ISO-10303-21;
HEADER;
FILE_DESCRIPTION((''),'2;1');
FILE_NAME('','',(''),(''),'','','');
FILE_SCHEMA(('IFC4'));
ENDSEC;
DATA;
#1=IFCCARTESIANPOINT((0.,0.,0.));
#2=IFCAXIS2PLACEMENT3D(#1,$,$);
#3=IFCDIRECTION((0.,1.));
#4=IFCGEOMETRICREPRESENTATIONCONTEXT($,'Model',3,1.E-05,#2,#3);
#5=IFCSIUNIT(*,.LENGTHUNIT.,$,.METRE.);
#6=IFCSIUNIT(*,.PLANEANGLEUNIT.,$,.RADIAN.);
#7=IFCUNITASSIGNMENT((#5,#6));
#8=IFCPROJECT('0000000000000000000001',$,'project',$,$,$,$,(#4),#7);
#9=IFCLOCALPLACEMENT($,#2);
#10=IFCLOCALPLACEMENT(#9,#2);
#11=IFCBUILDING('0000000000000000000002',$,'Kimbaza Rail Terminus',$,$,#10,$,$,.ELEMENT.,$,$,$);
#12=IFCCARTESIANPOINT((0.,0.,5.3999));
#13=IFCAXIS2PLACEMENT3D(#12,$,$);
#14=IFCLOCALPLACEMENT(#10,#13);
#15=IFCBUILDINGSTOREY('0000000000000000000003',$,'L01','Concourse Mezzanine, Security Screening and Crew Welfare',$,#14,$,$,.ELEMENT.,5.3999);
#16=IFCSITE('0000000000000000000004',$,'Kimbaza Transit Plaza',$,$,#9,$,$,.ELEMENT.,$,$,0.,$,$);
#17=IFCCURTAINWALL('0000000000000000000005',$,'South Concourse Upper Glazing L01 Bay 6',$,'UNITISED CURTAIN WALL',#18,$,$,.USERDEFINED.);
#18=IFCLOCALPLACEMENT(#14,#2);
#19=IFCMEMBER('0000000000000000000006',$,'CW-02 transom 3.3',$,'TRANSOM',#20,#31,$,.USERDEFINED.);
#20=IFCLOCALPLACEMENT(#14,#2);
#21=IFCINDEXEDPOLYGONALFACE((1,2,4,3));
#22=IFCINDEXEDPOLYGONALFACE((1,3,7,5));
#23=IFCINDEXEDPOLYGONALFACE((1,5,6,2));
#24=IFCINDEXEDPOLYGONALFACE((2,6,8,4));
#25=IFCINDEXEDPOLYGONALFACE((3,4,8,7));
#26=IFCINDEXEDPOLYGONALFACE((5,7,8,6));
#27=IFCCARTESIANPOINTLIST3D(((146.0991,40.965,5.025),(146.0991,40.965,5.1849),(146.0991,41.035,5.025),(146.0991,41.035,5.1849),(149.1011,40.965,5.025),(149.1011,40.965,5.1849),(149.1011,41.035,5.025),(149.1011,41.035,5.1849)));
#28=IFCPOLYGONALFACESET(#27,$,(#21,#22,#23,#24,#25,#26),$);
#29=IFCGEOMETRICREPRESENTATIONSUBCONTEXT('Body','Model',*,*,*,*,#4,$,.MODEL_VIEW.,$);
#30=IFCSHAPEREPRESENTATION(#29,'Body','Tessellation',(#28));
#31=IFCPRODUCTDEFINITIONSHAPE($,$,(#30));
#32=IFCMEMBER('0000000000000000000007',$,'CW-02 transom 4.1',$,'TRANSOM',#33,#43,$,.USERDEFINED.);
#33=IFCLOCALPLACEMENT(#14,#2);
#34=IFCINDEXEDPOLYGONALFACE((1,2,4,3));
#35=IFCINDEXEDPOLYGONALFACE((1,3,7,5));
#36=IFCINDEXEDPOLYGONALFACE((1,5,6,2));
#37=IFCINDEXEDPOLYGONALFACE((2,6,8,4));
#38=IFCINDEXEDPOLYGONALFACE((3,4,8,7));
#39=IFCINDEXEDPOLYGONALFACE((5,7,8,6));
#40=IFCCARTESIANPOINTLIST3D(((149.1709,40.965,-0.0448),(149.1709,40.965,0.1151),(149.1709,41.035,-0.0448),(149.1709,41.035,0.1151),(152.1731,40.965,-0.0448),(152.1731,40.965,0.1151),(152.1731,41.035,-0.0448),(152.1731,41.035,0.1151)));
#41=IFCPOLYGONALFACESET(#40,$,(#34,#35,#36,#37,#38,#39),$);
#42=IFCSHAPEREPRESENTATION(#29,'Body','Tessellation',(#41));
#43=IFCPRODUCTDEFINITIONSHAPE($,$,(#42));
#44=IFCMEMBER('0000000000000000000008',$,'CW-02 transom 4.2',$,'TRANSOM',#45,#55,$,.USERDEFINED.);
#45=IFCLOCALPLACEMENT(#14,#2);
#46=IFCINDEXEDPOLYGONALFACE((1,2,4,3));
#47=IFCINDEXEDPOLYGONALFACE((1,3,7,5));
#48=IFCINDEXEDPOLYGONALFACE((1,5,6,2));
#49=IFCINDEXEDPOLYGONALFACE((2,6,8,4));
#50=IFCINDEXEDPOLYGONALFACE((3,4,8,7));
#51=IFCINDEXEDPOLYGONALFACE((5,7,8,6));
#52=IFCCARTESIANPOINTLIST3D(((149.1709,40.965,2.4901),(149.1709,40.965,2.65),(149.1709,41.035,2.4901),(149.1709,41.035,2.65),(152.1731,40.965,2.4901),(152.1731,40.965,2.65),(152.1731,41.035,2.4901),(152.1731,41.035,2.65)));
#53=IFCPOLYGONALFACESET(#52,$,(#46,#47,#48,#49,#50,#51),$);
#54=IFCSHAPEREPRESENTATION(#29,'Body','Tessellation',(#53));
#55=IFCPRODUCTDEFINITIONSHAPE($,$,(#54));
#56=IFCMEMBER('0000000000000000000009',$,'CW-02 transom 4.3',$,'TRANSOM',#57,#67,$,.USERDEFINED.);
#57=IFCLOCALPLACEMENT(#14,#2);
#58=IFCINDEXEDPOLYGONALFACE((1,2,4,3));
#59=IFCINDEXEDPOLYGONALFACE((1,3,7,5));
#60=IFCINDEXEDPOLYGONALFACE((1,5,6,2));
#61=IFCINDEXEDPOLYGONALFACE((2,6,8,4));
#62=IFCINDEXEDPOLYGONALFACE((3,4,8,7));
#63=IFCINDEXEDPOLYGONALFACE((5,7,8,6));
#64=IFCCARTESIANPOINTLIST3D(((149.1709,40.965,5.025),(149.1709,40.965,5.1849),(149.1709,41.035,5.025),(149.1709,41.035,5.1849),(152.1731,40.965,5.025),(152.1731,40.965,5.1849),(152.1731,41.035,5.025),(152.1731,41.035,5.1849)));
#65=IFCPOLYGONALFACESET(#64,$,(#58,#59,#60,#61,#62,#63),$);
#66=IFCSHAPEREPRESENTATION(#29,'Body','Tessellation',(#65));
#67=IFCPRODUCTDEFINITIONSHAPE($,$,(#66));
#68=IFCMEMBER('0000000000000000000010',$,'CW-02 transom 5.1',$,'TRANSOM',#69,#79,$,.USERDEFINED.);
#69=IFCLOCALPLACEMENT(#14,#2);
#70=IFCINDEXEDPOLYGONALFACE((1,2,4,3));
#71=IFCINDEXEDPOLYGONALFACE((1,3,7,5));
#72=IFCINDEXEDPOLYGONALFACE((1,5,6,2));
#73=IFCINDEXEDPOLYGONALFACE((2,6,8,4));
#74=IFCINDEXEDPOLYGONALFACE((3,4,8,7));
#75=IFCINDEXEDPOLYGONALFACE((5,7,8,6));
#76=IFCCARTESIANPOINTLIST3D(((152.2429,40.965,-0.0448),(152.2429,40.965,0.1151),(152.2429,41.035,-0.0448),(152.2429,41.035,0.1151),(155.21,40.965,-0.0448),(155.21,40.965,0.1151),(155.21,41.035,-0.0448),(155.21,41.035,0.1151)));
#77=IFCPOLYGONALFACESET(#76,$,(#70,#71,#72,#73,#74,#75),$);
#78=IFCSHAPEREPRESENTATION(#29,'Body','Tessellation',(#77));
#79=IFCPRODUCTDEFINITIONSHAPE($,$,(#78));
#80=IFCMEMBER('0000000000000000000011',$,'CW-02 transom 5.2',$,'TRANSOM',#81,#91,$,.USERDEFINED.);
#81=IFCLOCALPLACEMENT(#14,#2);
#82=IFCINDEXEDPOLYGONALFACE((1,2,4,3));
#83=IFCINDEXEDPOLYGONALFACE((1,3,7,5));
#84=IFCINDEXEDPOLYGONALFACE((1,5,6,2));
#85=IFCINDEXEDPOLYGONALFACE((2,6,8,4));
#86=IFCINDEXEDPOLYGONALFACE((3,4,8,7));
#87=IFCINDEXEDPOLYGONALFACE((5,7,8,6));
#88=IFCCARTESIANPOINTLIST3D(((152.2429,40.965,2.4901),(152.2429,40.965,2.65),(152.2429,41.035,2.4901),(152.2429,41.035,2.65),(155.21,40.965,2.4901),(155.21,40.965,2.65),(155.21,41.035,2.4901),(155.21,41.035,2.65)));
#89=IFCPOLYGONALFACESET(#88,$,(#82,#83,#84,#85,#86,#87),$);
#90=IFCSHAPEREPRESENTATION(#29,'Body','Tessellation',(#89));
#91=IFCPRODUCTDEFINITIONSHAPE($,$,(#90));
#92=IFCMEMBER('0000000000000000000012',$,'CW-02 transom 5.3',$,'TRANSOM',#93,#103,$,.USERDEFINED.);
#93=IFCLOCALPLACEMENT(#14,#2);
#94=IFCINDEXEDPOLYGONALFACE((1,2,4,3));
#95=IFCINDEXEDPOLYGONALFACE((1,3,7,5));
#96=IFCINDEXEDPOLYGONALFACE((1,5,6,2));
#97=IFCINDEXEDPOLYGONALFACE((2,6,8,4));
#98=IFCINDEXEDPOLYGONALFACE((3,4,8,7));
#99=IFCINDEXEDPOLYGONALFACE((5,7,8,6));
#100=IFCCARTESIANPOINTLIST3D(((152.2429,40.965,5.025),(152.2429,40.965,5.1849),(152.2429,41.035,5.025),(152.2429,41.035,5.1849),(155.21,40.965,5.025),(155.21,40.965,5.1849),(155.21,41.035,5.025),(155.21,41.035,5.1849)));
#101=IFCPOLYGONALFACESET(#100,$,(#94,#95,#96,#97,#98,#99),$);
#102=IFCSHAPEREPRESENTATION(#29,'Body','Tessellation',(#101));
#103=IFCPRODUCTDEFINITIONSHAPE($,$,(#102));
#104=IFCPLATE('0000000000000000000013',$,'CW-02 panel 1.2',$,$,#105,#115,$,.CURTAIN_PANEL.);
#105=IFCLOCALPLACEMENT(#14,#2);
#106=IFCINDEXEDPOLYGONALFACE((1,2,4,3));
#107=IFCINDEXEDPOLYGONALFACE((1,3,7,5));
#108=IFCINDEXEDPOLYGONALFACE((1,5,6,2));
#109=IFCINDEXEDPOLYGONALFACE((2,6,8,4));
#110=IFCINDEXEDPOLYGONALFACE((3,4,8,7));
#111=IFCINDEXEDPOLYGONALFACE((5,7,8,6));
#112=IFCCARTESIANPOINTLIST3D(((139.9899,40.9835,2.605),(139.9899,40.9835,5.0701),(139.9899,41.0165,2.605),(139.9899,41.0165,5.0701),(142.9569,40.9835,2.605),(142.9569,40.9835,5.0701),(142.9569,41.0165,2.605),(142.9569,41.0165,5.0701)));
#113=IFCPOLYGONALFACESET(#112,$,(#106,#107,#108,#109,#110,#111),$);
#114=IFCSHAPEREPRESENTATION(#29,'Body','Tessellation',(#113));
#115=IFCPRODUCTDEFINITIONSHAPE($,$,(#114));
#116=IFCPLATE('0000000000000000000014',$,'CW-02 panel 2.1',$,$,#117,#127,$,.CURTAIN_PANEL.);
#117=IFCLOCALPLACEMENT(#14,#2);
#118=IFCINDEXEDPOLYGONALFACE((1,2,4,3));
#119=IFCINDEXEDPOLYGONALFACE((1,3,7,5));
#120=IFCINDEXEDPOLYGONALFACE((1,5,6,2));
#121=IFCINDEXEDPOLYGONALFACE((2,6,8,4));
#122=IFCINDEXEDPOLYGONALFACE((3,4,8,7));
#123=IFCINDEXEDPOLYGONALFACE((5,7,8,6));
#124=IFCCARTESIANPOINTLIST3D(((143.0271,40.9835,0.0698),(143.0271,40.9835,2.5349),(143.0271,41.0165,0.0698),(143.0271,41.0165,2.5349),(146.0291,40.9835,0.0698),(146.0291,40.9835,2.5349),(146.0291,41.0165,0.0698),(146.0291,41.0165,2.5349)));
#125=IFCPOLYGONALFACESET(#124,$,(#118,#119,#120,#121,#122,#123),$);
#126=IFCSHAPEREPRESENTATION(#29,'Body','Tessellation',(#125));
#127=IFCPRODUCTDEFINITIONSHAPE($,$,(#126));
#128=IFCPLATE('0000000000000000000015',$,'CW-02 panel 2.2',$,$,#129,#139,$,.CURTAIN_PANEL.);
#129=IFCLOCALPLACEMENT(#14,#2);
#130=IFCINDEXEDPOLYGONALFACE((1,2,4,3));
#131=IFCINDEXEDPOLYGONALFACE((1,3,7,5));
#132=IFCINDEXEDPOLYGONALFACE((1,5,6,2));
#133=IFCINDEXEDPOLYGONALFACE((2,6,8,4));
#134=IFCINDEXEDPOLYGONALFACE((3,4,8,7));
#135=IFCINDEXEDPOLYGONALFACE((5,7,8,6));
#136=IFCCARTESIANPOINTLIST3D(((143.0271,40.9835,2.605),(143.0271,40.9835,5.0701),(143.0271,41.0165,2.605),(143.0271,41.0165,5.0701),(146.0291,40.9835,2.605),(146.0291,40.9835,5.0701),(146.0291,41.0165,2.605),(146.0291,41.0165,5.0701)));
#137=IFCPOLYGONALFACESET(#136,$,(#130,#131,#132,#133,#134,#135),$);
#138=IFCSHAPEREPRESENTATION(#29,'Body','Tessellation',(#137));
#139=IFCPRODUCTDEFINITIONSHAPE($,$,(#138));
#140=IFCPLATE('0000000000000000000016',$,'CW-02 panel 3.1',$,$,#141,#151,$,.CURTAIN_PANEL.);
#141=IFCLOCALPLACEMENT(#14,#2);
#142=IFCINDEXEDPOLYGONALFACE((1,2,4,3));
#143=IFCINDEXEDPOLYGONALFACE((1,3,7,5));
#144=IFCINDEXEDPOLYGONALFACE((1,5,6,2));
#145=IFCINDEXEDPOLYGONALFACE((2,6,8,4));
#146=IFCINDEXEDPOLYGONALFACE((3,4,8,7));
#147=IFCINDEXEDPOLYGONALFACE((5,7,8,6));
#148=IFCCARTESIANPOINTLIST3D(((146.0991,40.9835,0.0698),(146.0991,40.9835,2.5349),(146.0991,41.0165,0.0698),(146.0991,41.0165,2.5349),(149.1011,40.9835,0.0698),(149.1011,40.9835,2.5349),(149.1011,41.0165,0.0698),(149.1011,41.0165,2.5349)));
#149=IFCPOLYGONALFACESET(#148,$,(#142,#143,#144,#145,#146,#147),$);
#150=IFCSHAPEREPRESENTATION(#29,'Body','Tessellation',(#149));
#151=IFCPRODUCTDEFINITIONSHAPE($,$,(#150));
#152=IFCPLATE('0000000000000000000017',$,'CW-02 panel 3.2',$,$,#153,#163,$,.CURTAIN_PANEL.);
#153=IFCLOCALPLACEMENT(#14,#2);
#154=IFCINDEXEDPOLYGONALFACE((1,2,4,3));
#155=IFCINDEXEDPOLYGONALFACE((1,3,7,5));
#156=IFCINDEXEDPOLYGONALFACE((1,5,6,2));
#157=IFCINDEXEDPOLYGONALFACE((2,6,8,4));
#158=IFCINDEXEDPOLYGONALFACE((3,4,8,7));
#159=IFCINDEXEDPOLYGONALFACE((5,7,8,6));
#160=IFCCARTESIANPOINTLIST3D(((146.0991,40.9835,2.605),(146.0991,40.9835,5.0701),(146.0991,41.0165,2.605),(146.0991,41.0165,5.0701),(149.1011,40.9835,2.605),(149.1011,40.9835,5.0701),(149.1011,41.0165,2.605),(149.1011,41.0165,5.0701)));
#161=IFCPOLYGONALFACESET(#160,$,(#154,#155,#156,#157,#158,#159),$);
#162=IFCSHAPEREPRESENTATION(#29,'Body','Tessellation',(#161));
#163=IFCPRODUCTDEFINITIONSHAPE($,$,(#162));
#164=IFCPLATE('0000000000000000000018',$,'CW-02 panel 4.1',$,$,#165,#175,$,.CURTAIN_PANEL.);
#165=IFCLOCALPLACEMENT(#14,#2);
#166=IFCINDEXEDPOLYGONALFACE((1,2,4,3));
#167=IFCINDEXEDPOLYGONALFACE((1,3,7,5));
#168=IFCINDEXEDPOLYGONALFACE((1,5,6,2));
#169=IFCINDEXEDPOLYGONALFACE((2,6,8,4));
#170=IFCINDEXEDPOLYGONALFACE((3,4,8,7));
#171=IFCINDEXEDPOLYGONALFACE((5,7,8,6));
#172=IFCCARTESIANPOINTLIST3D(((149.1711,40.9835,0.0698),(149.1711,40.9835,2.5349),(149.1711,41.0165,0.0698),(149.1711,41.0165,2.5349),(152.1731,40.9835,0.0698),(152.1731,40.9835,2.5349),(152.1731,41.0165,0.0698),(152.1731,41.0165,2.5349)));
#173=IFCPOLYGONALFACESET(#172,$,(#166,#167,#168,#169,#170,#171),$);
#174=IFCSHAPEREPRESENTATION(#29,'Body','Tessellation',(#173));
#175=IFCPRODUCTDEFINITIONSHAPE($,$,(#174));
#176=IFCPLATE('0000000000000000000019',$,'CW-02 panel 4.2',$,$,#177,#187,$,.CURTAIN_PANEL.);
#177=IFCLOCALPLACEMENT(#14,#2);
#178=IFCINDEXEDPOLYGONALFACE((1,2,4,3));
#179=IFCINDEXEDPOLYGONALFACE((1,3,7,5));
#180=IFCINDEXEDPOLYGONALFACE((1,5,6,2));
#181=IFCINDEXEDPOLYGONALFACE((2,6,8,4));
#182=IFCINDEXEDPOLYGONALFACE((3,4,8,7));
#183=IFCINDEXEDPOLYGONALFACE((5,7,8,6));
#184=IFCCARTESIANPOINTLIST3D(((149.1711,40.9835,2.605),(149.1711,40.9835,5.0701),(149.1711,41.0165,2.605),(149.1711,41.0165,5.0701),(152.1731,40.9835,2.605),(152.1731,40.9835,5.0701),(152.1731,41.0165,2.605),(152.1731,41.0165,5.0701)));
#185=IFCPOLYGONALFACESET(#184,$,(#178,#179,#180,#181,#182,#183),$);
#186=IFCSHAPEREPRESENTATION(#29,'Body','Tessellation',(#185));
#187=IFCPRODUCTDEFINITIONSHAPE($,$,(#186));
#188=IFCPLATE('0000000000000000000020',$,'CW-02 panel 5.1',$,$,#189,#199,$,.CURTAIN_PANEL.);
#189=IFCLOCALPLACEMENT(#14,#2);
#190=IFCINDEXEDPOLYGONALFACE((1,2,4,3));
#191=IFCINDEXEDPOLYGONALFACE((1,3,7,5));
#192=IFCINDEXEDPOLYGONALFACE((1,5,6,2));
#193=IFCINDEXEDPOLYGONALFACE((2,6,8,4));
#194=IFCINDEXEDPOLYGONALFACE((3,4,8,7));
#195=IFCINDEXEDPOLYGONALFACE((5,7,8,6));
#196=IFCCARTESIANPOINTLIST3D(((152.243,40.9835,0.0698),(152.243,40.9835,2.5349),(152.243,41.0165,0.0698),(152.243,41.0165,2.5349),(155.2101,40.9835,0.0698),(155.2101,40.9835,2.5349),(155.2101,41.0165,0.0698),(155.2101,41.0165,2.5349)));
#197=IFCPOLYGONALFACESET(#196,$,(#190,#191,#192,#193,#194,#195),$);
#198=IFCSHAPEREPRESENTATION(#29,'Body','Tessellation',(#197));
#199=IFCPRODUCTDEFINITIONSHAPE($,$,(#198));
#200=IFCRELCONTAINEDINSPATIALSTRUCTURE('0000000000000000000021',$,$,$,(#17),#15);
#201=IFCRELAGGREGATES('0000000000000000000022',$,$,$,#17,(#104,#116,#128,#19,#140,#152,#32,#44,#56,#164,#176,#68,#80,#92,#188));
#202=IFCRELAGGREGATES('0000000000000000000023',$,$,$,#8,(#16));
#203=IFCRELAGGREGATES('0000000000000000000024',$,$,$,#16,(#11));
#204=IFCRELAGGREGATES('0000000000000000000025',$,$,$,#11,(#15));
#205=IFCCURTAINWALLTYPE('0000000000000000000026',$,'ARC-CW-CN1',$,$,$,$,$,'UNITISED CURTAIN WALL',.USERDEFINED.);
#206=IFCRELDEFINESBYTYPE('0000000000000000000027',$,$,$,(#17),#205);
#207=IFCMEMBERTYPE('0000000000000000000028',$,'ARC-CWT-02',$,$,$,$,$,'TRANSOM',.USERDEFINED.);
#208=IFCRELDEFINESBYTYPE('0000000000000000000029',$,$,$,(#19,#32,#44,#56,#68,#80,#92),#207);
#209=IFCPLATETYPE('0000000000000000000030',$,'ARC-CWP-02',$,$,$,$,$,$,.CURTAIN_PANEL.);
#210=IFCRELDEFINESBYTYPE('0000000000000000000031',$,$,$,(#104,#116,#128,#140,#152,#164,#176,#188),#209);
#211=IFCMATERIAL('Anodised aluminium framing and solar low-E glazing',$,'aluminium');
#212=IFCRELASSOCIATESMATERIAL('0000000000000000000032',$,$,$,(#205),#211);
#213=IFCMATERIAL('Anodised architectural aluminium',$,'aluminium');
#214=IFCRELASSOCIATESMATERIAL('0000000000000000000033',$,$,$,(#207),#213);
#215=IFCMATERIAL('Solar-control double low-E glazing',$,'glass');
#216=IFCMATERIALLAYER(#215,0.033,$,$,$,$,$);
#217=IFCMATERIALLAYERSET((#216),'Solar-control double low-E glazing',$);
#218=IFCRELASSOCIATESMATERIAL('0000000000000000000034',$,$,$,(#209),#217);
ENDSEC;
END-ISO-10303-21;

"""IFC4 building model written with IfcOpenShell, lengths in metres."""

from ifc_helpers import new_model, si_unit, direction, frame, origin, origin_2d, place, context, subcontext, project, spatial, rectangle, extrude, material, layer, layer_set, material_profile, profile_set, type_object, element, aggregate, save


model = new_model("IFC4")

# Units and contexts
model_context = context("Model", 3, precision=1e-05, world=origin(), true_north=direction((0.0, 1.0)))
body_context = subcontext(model_context, "Body", "Model", "MODEL_VIEW")
ifc_project = project(units=[si_unit("LENGTHUNIT", "METRE"), si_unit("PLANEANGLEUNIT", "RADIAN")], contexts=[model_context])

# Site, building, storey
site_placement = place(None, origin())
site = spatial("IfcSite", under=ifc_project, at=site_placement, Name="Kimbaza Transit Plaza", CompositionType="ELEMENT", RefElevation=0.0)
building_placement = place(site_placement, origin())
building = spatial("IfcBuilding", under=site, at=building_placement, Name="Kimbaza Rail Terminus", CompositionType="ELEMENT")
storey_placement = place(building_placement, frame((0.0, 0.0, 5.3999)))
storey = spatial("IfcBuildingStorey", under=building, at=storey_placement, Name="L01", Description="Concourse Mezzanine, Security Screening and Crew Welfare", CompositionType="ELEMENT", Elevation=5.3999)

# Curtain wall, members, plates
ifc_material_1 = material(Name="Anodised aluminium framing and solar low-E glazing", Category="aluminium")
curtain_wall_type = type_object("IfcCurtainWallType", Name="ARC-CW-CN1", ElementType="UNITISED CURTAIN WALL", PredefinedType="USERDEFINED", material=ifc_material_1)
curtain_wall_placement = place(storey_placement, origin())
curtain_wall = element("IfcCurtainWall", 1, at=curtain_wall_placement, inside=storey, type_object=curtain_wall_type, Name="South Concourse Upper Glazing L01 Bay 6", ObjectType="UNITISED CURTAIN WALL", PredefinedType="USERDEFINED")
ifc_material_2 = material(Name="Anodised architectural aluminium", Category="aluminium")
ifc_material_profile_1 = material_profile(ifc_material_2, rectangle(XDim=0.0701, YDim=0.1599, at=origin_2d()), Name="TRANSOM 70x160")
ifc_profile_set_1 = profile_set([ifc_material_profile_1], Name="Anodised architectural aluminium")
member_type_1 = type_object("IfcMemberType", Name="ARC-CWT-02", ElementType="TRANSOM", PredefinedType="USERDEFINED", material=ifc_profile_set_1)
member_1_placement = place(storey_placement, frame((146.0991, 41.0, 5.105), z_axis=(1.0, 0.0, 0.0), x_axis=(0.0, 1.0, 0.0)))
member_1 = element("IfcMember", 2, at=member_1_placement, type_object=member_type_1, Name="CW-02 transom 3.3", ObjectType="TRANSOM", PredefinedType="USERDEFINED", context=body_context, shape_type="SweptSolid", body=[
    extrude(rectangle(XDim=0.0701, YDim=0.1599, at=origin_2d()), origin(), (0.0, 0.0, 1.0), 3.002),
])
member_2_placement = place(storey_placement, frame((149.1709, 41.0, 0.0352), z_axis=(1.0, 0.0, 0.0), x_axis=(0.0, 1.0, 0.0)))
member_2 = element("IfcMember", 3, at=member_2_placement, type_object=member_type_1, Name="CW-02 transom 4.1", ObjectType="TRANSOM", PredefinedType="USERDEFINED", context=body_context, shape_type="SweptSolid", body=[
    extrude(rectangle(XDim=0.0701, YDim=0.1599, at=origin_2d()), origin(), (0.0, 0.0, 1.0), 3.0022),
])
member_3_placement = place(storey_placement, frame((149.1709, 41.0, 2.5701), z_axis=(1.0, 0.0, 0.0), x_axis=(0.0, 1.0, 0.0)))
member_3 = element("IfcMember", 4, at=member_3_placement, type_object=member_type_1, Name="CW-02 transom 4.2", ObjectType="TRANSOM", PredefinedType="USERDEFINED", context=body_context, shape_type="SweptSolid", body=[
    extrude(rectangle(XDim=0.0701, YDim=0.1599, at=origin_2d()), origin(), (0.0, 0.0, 1.0), 3.0022),
])
member_4_placement = place(storey_placement, frame((149.1709, 41.0, 5.105), z_axis=(1.0, 0.0, 0.0), x_axis=(0.0, 1.0, 0.0)))
member_4 = element("IfcMember", 5, at=member_4_placement, type_object=member_type_1, Name="CW-02 transom 4.3", ObjectType="TRANSOM", PredefinedType="USERDEFINED", context=body_context, shape_type="SweptSolid", body=[
    extrude(rectangle(XDim=0.0701, YDim=0.1599, at=origin_2d()), origin(), (0.0, 0.0, 1.0), 3.0022),
])
member_5_placement = place(storey_placement, frame((152.2429, 41.0, 0.0352), z_axis=(1.0, 0.0, 0.0), x_axis=(0.0, 1.0, 0.0)))
member_5 = element("IfcMember", 6, at=member_5_placement, type_object=member_type_1, Name="CW-02 transom 5.1", ObjectType="TRANSOM", PredefinedType="USERDEFINED", context=body_context, shape_type="SweptSolid", body=[
    extrude(rectangle(XDim=0.0701, YDim=0.1599, at=origin_2d()), origin(), (0.0, 0.0, 1.0), 2.967),
])
member_6_placement = place(storey_placement, frame((152.2429, 41.0, 2.5701), z_axis=(1.0, 0.0, 0.0), x_axis=(0.0, 1.0, 0.0)))
member_6 = element("IfcMember", 7, at=member_6_placement, type_object=member_type_1, Name="CW-02 transom 5.2", ObjectType="TRANSOM", PredefinedType="USERDEFINED", context=body_context, shape_type="SweptSolid", body=[
    extrude(rectangle(XDim=0.0701, YDim=0.1599, at=origin_2d()), origin(), (0.0, 0.0, 1.0), 2.967),
])
member_7_placement = place(storey_placement, frame((152.2429, 41.0, 5.105), z_axis=(1.0, 0.0, 0.0), x_axis=(0.0, 1.0, 0.0)))
member_7 = element("IfcMember", 8, at=member_7_placement, type_object=member_type_1, Name="CW-02 transom 5.3", ObjectType="TRANSOM", PredefinedType="USERDEFINED", context=body_context, shape_type="SweptSolid", body=[
    extrude(rectangle(XDim=0.0701, YDim=0.1599, at=origin_2d()), origin(), (0.0, 0.0, 1.0), 2.967),
])
ifc_material_3 = material(Name="Solar-control double low-E glazing", Category="glass")
ifc_layer = layer(ifc_material_3, 0.033)
ifc_layer_set = layer_set([ifc_layer], Name="Solar-control double low-E glazing")
plate_type = type_object("IfcPlateType", Name="ARC-CWP-02", PredefinedType="CURTAIN_PANEL", material=ifc_layer_set)
plate_1_placement = place(storey_placement, frame((141.4734, 41.0, 2.605), z_axis=(0.0, 0.0, 1.0), x_axis=(1.0, 0.0, 0.0)))
plate_1 = element("IfcPlate", 9, at=plate_1_placement, type_object=plate_type, Name="CW-02 panel 1.2", PredefinedType="CURTAIN_PANEL", context=body_context, shape_type="SweptSolid", body=[
    extrude(rectangle(XDim=2.967, YDim=0.033, at=origin_2d()), origin(), (0.0, 0.0, 1.0), 2.4651),
])
plate_2_placement = place(storey_placement, frame((144.5281, 41.0, 0.0698), z_axis=(0.0, 0.0, 1.0), x_axis=(1.0, 0.0, 0.0)))
plate_2 = element("IfcPlate", 10, at=plate_2_placement, type_object=plate_type, Name="CW-02 panel 2.1", PredefinedType="CURTAIN_PANEL", context=body_context, shape_type="SweptSolid", body=[
    extrude(rectangle(XDim=3.002, YDim=0.033, at=origin_2d()), origin(), (0.0, 0.0, 1.0), 2.4651),
])
plate_3_placement = place(storey_placement, frame((144.5281, 41.0, 2.605), z_axis=(0.0, 0.0, 1.0), x_axis=(1.0, 0.0, 0.0)))
plate_3 = element("IfcPlate", 11, at=plate_3_placement, type_object=plate_type, Name="CW-02 panel 2.2", PredefinedType="CURTAIN_PANEL", context=body_context, shape_type="SweptSolid", body=[
    extrude(rectangle(XDim=3.002, YDim=0.033, at=origin_2d()), origin(), (0.0, 0.0, 1.0), 2.4651),
])
plate_4_placement = place(storey_placement, frame((147.6001, 41.0, 0.0698), z_axis=(0.0, 0.0, 1.0), x_axis=(1.0, 0.0, 0.0)))
plate_4 = element("IfcPlate", 12, at=plate_4_placement, type_object=plate_type, Name="CW-02 panel 3.1", PredefinedType="CURTAIN_PANEL", context=body_context, shape_type="SweptSolid", body=[
    extrude(rectangle(XDim=3.002, YDim=0.033, at=origin_2d()), origin(), (0.0, 0.0, 1.0), 2.4651),
])
plate_5_placement = place(storey_placement, frame((147.6001, 41.0, 2.605), z_axis=(0.0, 0.0, 1.0), x_axis=(1.0, 0.0, 0.0)))
plate_5 = element("IfcPlate", 13, at=plate_5_placement, type_object=plate_type, Name="CW-02 panel 3.2", PredefinedType="CURTAIN_PANEL", context=body_context, shape_type="SweptSolid", body=[
    extrude(rectangle(XDim=3.002, YDim=0.033, at=origin_2d()), origin(), (0.0, 0.0, 1.0), 2.4651),
])
plate_6_placement = place(storey_placement, frame((150.6721, 41.0, 0.0698), z_axis=(0.0, 0.0, 1.0), x_axis=(1.0, 0.0, 0.0)))
plate_6 = element("IfcPlate", 14, at=plate_6_placement, type_object=plate_type, Name="CW-02 panel 4.1", PredefinedType="CURTAIN_PANEL", context=body_context, shape_type="SweptSolid", body=[
    extrude(rectangle(XDim=3.002, YDim=0.033, at=origin_2d()), origin(), (0.0, 0.0, 1.0), 2.4651),
])
plate_7_placement = place(storey_placement, frame((150.6721, 41.0, 2.605), z_axis=(0.0, 0.0, 1.0), x_axis=(1.0, 0.0, 0.0)))
plate_7 = element("IfcPlate", 15, at=plate_7_placement, type_object=plate_type, Name="CW-02 panel 4.2", PredefinedType="CURTAIN_PANEL", context=body_context, shape_type="SweptSolid", body=[
    extrude(rectangle(XDim=3.002, YDim=0.033, at=origin_2d()), origin(), (0.0, 0.0, 1.0), 2.4651),
])
plate_8_placement = place(storey_placement, frame((153.7266, 41.0, 0.0698), z_axis=(0.0, 0.0, 1.0), x_axis=(1.0, 0.0, 0.0)))
plate_8 = element("IfcPlate", 16, at=plate_8_placement, type_object=plate_type, Name="CW-02 panel 5.1", PredefinedType="CURTAIN_PANEL", context=body_context, shape_type="SweptSolid", body=[
    extrude(rectangle(XDim=2.967, YDim=0.033, at=origin_2d()), origin(), (0.0, 0.0, 1.0), 2.4651),
])
aggregate(curtain_wall, [plate_1, plate_2, plate_3, member_1, plate_4, plate_5, member_2, member_3, member_4, plate_6, plate_7, member_5, member_6, member_7, plate_8])

save(model, "model.ifc")
